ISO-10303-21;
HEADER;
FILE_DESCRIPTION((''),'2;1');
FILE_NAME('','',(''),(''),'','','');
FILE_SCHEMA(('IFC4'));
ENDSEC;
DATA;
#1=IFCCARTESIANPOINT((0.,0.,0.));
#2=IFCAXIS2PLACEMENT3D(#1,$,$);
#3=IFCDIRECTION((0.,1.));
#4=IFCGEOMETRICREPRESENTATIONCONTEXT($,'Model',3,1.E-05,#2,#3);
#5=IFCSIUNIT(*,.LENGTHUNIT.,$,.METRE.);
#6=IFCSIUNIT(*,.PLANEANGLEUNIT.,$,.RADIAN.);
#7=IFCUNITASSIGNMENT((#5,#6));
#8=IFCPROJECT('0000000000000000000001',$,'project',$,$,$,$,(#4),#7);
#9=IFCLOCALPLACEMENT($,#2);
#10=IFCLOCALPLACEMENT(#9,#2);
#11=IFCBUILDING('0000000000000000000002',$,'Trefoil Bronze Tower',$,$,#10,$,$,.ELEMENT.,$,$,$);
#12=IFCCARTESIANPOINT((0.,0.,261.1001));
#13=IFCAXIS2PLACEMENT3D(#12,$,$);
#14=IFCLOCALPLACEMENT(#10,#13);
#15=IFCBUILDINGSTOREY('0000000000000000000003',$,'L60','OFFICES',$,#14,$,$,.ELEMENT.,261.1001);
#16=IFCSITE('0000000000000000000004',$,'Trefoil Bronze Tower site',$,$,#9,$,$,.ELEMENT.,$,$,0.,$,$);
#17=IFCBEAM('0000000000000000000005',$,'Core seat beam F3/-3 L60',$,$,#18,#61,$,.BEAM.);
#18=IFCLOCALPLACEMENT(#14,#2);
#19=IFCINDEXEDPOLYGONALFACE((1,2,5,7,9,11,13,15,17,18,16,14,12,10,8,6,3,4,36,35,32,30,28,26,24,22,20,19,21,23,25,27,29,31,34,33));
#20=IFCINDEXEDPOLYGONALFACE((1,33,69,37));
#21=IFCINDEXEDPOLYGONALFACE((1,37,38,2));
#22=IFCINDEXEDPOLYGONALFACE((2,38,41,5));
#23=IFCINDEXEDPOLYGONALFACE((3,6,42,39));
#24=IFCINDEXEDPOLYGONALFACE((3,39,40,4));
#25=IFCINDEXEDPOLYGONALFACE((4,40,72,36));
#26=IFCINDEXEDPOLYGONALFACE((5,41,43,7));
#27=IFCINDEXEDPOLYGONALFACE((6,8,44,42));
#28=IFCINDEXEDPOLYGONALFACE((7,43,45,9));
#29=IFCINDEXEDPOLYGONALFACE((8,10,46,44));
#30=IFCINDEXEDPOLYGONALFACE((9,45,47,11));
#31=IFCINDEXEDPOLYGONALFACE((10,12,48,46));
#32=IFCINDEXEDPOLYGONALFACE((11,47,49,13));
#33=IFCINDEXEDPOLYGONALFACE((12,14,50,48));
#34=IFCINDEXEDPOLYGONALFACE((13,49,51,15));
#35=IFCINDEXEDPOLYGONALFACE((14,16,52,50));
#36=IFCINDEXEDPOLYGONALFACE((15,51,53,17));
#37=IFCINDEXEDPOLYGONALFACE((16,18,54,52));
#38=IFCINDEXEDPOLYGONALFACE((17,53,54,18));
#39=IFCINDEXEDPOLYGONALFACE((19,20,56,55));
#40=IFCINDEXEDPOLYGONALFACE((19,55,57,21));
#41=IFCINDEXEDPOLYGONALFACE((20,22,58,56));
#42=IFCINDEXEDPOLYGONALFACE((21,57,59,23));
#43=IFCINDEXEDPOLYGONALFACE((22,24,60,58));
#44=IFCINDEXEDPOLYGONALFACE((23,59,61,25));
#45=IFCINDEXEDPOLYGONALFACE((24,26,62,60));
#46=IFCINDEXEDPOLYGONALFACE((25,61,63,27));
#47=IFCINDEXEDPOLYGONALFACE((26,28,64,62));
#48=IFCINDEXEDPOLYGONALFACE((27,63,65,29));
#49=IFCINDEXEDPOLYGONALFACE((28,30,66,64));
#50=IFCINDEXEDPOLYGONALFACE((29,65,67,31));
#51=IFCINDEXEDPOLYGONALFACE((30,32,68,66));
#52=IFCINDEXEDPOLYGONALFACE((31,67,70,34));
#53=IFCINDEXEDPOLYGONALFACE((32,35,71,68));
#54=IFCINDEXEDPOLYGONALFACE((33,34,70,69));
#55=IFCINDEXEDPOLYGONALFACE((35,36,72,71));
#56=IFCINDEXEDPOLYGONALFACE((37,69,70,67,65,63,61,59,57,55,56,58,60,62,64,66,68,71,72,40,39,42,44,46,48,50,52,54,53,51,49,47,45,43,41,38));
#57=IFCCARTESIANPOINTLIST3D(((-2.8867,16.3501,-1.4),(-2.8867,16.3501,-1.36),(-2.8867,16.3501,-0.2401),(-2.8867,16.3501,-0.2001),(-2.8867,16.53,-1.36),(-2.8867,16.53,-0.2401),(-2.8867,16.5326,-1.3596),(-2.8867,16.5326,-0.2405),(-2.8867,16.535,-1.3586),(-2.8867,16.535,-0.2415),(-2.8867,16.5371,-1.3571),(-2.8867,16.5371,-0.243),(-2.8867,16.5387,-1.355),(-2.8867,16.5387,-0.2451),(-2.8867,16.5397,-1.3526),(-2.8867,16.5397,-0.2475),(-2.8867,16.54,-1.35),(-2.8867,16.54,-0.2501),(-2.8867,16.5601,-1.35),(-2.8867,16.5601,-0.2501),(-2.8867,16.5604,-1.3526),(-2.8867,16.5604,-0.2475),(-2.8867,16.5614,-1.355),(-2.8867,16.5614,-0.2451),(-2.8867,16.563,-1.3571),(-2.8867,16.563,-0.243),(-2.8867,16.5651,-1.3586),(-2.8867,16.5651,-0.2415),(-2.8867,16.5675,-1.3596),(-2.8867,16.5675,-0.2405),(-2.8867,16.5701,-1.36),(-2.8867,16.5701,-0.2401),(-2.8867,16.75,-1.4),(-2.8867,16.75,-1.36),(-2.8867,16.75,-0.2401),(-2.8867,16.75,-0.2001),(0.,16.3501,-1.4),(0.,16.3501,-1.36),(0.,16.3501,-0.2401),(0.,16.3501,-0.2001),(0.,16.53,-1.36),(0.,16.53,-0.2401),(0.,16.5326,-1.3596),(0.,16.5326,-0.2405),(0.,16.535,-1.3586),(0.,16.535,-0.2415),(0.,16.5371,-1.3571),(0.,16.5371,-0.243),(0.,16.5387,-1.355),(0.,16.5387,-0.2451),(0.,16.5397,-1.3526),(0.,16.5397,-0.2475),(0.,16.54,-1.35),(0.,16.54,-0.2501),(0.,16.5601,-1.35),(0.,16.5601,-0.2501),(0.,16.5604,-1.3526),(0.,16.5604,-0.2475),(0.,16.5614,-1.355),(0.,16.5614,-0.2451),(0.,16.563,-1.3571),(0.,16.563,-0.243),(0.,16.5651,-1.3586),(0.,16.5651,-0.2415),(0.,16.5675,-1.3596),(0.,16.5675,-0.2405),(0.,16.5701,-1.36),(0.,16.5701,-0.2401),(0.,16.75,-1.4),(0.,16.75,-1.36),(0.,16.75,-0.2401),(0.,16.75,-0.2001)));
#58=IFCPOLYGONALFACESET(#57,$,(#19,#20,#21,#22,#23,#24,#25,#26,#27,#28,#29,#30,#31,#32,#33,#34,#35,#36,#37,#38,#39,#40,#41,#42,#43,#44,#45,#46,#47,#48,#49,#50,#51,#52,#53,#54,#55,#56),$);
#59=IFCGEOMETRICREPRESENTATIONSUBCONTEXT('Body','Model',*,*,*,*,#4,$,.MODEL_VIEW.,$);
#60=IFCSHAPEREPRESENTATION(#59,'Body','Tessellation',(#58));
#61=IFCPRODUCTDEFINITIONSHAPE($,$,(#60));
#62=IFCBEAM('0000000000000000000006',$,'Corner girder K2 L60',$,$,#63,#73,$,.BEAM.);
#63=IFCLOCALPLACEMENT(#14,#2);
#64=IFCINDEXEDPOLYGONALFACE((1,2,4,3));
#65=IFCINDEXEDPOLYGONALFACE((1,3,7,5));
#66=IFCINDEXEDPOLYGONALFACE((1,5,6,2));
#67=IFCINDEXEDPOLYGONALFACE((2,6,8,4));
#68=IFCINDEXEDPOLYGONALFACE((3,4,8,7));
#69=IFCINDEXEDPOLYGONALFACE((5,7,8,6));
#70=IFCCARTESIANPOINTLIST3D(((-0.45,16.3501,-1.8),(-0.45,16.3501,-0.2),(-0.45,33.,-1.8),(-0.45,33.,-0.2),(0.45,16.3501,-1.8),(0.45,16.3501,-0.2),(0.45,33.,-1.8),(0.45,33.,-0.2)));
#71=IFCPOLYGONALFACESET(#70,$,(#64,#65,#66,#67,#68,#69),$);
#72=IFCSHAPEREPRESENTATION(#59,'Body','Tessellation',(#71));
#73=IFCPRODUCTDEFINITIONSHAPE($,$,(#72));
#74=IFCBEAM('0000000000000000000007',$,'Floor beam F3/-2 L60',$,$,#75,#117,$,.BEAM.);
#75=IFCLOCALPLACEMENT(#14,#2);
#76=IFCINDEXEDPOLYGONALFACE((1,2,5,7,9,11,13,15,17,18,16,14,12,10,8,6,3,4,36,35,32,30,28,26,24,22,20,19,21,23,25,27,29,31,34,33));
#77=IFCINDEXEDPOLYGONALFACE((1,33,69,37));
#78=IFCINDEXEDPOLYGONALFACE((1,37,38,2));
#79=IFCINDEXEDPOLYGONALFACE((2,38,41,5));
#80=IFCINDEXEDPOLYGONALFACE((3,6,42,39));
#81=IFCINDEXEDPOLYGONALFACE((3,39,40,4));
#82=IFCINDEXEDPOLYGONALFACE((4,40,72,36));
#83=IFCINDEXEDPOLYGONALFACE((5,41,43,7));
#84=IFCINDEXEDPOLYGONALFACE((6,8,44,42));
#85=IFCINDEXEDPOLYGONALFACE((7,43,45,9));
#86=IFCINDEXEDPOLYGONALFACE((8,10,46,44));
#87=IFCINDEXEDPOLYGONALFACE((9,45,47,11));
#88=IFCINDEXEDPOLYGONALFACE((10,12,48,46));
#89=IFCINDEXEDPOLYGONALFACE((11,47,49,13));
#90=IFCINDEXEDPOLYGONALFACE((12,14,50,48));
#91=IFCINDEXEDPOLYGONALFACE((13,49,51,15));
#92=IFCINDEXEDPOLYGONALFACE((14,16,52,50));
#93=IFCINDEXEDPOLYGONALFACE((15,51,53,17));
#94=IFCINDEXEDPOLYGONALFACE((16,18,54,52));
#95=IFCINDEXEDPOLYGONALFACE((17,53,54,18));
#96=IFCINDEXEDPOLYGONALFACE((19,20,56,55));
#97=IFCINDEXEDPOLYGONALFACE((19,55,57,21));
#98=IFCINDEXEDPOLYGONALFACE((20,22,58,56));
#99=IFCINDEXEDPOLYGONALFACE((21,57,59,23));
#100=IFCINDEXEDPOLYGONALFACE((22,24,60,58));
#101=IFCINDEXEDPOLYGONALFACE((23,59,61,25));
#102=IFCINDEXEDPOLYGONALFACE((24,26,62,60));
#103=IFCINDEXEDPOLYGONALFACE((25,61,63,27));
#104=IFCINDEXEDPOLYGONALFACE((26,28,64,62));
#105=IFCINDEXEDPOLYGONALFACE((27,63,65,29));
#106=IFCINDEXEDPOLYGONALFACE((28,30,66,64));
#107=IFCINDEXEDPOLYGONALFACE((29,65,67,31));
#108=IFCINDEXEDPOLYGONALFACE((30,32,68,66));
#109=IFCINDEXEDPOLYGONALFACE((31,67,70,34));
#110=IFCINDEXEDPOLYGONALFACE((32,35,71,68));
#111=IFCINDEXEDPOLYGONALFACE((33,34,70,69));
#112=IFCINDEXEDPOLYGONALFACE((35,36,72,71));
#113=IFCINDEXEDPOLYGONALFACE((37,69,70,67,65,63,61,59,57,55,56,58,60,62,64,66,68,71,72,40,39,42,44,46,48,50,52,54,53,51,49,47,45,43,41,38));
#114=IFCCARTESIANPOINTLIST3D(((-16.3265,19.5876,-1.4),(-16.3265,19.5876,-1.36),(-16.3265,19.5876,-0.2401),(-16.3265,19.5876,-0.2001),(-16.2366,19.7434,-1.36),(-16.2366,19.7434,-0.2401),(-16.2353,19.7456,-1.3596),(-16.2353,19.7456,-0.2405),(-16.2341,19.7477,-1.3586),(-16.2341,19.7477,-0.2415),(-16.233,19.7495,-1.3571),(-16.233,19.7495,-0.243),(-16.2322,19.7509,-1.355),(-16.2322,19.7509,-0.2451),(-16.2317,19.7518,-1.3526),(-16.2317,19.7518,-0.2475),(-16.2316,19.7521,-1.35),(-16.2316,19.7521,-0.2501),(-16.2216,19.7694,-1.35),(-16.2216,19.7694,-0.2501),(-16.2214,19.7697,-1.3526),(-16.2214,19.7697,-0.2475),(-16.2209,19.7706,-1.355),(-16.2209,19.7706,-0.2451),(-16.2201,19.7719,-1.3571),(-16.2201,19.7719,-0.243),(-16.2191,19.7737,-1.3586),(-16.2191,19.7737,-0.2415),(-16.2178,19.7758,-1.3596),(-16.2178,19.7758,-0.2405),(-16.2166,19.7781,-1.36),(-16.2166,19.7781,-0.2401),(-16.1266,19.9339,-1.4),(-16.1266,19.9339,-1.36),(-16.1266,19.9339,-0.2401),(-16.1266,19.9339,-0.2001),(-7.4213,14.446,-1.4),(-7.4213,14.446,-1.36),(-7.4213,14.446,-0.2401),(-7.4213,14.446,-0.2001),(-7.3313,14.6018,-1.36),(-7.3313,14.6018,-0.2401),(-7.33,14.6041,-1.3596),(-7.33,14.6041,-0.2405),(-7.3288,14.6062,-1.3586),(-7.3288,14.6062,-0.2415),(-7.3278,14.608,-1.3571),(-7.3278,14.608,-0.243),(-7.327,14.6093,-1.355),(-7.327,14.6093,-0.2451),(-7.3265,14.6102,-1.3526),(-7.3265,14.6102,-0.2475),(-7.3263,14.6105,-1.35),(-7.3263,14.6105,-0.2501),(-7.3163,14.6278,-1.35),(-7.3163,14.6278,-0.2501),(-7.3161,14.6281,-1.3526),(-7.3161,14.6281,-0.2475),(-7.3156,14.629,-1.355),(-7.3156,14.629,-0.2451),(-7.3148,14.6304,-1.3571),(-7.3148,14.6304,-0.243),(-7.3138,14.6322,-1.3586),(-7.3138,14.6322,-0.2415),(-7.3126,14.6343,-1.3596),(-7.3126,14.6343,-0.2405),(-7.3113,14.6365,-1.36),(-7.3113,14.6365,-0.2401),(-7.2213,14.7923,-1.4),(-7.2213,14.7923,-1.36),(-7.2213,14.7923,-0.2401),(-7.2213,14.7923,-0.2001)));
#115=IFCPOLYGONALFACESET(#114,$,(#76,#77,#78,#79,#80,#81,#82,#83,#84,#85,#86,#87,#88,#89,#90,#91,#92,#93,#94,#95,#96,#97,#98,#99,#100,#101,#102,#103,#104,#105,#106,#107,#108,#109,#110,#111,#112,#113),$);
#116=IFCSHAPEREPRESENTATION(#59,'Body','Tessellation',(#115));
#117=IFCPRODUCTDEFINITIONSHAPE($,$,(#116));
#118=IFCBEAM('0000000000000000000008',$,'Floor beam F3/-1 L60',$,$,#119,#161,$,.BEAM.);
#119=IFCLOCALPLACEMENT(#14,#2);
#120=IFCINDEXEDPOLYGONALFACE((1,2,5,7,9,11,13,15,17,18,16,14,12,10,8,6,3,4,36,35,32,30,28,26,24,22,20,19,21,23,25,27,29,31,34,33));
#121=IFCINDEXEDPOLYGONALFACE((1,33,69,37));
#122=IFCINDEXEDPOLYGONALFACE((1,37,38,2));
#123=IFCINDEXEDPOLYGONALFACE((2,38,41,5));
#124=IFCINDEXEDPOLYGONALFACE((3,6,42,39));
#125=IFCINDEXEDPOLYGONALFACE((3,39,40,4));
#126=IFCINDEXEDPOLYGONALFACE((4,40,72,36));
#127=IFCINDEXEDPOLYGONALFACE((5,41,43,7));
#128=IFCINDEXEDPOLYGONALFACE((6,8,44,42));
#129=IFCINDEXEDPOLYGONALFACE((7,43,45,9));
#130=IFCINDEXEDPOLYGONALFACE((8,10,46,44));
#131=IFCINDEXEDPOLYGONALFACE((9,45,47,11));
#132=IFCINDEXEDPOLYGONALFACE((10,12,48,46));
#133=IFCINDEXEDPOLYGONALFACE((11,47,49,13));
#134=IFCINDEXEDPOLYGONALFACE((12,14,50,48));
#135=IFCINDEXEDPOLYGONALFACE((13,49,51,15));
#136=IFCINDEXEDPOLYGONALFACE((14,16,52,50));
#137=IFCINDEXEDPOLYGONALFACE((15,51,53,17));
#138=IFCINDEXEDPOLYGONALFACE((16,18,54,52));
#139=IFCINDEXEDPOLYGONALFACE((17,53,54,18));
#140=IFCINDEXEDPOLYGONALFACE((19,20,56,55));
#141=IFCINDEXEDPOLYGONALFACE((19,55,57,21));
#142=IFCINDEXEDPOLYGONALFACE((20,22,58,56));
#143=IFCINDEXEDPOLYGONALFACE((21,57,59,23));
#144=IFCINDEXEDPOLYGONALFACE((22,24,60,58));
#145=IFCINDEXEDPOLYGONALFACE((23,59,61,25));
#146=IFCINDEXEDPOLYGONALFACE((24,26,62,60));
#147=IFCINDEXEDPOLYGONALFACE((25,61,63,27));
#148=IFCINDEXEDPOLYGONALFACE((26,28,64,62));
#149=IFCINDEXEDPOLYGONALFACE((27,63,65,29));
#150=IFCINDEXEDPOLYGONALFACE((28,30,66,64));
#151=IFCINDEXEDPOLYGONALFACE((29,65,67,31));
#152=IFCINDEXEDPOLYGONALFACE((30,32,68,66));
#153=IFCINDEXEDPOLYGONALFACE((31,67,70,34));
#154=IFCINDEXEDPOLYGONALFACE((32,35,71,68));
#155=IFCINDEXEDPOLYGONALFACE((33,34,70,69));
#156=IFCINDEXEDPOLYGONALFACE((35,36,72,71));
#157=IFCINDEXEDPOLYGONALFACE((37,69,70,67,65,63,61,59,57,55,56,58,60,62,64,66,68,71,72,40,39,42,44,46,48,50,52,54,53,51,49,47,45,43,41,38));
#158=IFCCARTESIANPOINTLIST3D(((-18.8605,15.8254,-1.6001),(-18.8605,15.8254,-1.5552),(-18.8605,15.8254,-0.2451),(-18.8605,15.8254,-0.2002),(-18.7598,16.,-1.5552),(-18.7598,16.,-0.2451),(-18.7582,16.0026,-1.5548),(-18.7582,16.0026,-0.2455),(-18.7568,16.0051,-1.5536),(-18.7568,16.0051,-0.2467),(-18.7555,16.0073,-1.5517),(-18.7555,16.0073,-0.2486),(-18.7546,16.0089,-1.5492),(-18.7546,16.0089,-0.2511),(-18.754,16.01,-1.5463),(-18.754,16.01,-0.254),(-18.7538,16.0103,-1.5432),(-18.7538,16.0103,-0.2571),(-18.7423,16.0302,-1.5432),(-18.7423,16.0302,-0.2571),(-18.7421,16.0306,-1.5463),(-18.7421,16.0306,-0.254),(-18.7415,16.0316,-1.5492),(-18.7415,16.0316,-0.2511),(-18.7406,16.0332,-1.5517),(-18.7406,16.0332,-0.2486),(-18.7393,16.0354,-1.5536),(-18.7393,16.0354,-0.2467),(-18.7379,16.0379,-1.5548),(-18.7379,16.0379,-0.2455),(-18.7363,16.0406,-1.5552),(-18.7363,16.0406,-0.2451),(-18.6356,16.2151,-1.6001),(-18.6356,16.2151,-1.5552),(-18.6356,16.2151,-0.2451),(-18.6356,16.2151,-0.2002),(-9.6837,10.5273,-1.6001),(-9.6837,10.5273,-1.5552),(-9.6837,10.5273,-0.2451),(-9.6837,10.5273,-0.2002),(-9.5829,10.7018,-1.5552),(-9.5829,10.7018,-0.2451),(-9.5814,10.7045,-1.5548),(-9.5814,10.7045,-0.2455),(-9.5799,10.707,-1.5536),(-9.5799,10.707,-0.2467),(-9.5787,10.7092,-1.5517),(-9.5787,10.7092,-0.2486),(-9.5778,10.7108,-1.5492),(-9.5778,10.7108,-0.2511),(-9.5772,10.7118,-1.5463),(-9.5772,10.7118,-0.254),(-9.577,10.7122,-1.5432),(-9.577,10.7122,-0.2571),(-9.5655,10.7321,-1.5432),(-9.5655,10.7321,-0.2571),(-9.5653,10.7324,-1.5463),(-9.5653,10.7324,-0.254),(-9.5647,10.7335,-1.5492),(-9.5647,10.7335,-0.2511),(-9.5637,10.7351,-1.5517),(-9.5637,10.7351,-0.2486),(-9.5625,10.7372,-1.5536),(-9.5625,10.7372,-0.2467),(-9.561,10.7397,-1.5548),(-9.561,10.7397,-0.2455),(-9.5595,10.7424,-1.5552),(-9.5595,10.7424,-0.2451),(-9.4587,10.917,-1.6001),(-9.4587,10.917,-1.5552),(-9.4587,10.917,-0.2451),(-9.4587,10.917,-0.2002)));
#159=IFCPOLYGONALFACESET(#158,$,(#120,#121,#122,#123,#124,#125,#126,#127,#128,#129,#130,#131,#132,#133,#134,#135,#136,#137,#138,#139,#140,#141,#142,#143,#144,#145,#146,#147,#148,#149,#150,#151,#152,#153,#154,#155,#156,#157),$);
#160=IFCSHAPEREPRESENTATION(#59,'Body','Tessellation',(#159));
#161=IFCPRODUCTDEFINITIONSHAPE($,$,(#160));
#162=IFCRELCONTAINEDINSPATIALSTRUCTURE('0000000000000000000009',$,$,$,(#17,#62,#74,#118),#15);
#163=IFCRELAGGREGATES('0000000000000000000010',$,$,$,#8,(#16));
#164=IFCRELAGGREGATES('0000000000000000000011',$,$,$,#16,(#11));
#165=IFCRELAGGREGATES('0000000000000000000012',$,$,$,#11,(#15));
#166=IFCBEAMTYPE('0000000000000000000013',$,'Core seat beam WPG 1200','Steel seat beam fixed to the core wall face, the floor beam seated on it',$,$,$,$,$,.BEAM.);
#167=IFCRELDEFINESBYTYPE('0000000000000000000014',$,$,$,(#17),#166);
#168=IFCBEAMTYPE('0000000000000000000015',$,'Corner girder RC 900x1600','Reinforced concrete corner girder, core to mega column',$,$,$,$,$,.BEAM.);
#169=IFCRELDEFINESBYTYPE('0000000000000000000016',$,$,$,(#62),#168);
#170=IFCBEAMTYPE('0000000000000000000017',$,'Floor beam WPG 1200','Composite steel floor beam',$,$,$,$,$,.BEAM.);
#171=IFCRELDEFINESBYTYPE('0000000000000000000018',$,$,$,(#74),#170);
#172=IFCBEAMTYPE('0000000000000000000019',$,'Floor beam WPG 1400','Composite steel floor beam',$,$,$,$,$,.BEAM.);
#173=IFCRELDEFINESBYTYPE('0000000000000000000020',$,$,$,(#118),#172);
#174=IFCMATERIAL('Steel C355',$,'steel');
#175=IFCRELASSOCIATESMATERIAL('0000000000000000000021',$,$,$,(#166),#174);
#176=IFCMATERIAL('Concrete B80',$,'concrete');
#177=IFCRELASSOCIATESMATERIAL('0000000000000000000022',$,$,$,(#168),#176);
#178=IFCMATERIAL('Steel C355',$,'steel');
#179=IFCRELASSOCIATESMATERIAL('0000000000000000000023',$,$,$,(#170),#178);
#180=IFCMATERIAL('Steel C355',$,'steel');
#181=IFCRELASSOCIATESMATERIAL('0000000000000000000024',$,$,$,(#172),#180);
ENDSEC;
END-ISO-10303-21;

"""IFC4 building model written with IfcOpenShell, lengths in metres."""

from ifc_helpers import new_model, si_unit, direction, frame, origin, origin_2d, place, context, subcontext, project, spatial, rectangle, i_section, extrude, material, material_profile, profile_set, type_object, element, save


model = new_model("IFC4")

# Units and contexts
model_context = context("Model", 3, precision=1e-05, world=origin(), true_north=direction((0.0, 1.0)))
body_context = subcontext(model_context, "Body", "Model", "MODEL_VIEW")
ifc_project = project(units=[si_unit("LENGTHUNIT", "METRE"), si_unit("PLANEANGLEUNIT", "RADIAN")], contexts=[model_context])

# Site, building, storey
site_placement = place(None, origin())
site = spatial("IfcSite", under=ifc_project, at=site_placement, Name="Trefoil Bronze Tower site", CompositionType="ELEMENT", RefElevation=0.0)
building_placement = place(site_placement, origin())
building = spatial("IfcBuilding", under=site, at=building_placement, Name="Trefoil Bronze Tower", CompositionType="ELEMENT")
storey_placement = place(building_placement, frame((0.0, 0.0, 261.1001)))
storey = spatial("IfcBuildingStorey", under=building, at=storey_placement, Name="L60", Description="OFFICES", CompositionType="ELEMENT", Elevation=261.1001)

# Beams
ifc_material_1 = material(Name="Steel C355", Category="steel")
ifc_material_profile_1 = material_profile(ifc_material_1, i_section(OverallWidth=0.3999, OverallDepth=1.2, WebThickness=0.02, FlangeThickness=0.04, FilletRadius=0.01, at=origin_2d()), Name="WPG 1200")
ifc_profile_set_1 = profile_set([ifc_material_profile_1], Name="Steel C355")
beam_type_1 = type_object("IfcBeamType", Name="Core seat beam WPG 1200", Description="Steel seat beam fixed to the core wall face, the floor beam seated on it", PredefinedType="BEAM", material=ifc_profile_set_1)
beam_1_placement = place(storey_placement, frame((0.0, 16.55, -0.8), z_axis=(-1.0, 0.0, 0.0), x_axis=(0.0, -1.0, 0.0)))
element("IfcBeam", 1, at=beam_1_placement, inside=storey, type_object=beam_type_1, Name="Core seat beam F3/-3 L60", PredefinedType="BEAM", context=body_context, shape_type="SweptSolid", body=[
    extrude(i_section(OverallWidth=0.3999, OverallDepth=1.2, WebThickness=0.02, FlangeThickness=0.04, FilletRadius=0.01, at=origin_2d()), origin(), (0.0, 0.0, 1.0), 2.8867),
])
ifc_material_2 = material(Name="Concrete B80", Category="concrete")
ifc_material_profile_2 = material_profile(ifc_material_2, rectangle(XDim=0.8999, YDim=1.6001, at=origin_2d()), Name="RC 900x1600")
ifc_profile_set_2 = profile_set([ifc_material_profile_2], Name="Concrete B80")
beam_type_2 = type_object("IfcBeamType", Name="Corner girder RC 900x1600", Description="Reinforced concrete corner girder, core to mega column", PredefinedType="BEAM", material=ifc_profile_set_2)
beam_2_placement = place(storey_placement, frame((0.0, 16.3501, -1.0), z_axis=(0.0, 1.0, 0.0), x_axis=(-1.0, 0.0, 0.0)))
element("IfcBeam", 2, at=beam_2_placement, inside=storey, type_object=beam_type_2, Name="Corner girder K2 L60", PredefinedType="BEAM", context=body_context, shape_type="SweptSolid", body=[
    extrude(rectangle(XDim=0.8999, YDim=1.6001, at=origin_2d()), origin(), (0.0, 0.0, 1.0), 16.6499),
])
ifc_material_3 = material(Name="Steel C355", Category="steel")
ifc_material_profile_3 = material_profile(ifc_material_3, i_section(OverallWidth=0.3999, OverallDepth=1.2, WebThickness=0.02, FlangeThickness=0.04, FilletRadius=0.01, at=origin_2d()), Name="WPG 1200")
ifc_profile_set_3 = profile_set([ifc_material_profile_3], Name="Steel C355")
beam_type_3 = type_object("IfcBeamType", Name="Floor beam WPG 1200", Description="Composite steel floor beam", PredefinedType="BEAM", material=ifc_profile_set_3)
beam_3_placement = place(storey_placement, frame((-16.2266, 19.7607, -0.8), z_axis=(0.86602, -0.50001, 0.0), x_axis=(0.50001, 0.86602, 0.0)))
element("IfcBeam", 3, at=beam_3_placement, inside=storey, type_object=beam_type_3, Name="Floor beam F3/-2 L60", PredefinedType="BEAM", context=body_context, shape_type="SweptSolid", body=[
    extrude(i_section(OverallWidth=0.3999, OverallDepth=1.2, WebThickness=0.02, FlangeThickness=0.04, FilletRadius=0.01, at=origin_2d()), origin(), (0.0, 0.0, 1.0), 10.283),
])
ifc_material_4 = material(Name="Steel C355", Category="steel")
ifc_material_profile_4 = material_profile(ifc_material_4, i_section(OverallWidth=0.45, OverallDepth=1.3999, WebThickness=0.0229, FlangeThickness=0.0449, FilletRadius=0.012, at=origin_2d()), Name="WPG 1400")
ifc_profile_set_4 = profile_set([ifc_material_profile_4], Name="Steel C355")
beam_type_4 = type_object("IfcBeamType", Name="Floor beam WPG 1400", Description="Composite steel floor beam", PredefinedType="BEAM", material=ifc_profile_set_4)
beam_4_placement = place(storey_placement, frame((-18.748, 16.0203, -0.9001), z_axis=(0.86603, -0.499992, 0.0), x_axis=(0.499992, 0.86603, 0.0)))
element("IfcBeam", 4, at=beam_4_placement, inside=storey, type_object=beam_type_4, Name="Floor beam F3/-1 L60", PredefinedType="BEAM", context=body_context, shape_type="SweptSolid", body=[
    extrude(i_section(OverallWidth=0.45, OverallDepth=1.3999, WebThickness=0.0229, FlangeThickness=0.0449, FilletRadius=0.012, at=origin_2d()), origin(), (0.0, 0.0, 1.0), 10.5964),
])

save(model, "model.ifc")
